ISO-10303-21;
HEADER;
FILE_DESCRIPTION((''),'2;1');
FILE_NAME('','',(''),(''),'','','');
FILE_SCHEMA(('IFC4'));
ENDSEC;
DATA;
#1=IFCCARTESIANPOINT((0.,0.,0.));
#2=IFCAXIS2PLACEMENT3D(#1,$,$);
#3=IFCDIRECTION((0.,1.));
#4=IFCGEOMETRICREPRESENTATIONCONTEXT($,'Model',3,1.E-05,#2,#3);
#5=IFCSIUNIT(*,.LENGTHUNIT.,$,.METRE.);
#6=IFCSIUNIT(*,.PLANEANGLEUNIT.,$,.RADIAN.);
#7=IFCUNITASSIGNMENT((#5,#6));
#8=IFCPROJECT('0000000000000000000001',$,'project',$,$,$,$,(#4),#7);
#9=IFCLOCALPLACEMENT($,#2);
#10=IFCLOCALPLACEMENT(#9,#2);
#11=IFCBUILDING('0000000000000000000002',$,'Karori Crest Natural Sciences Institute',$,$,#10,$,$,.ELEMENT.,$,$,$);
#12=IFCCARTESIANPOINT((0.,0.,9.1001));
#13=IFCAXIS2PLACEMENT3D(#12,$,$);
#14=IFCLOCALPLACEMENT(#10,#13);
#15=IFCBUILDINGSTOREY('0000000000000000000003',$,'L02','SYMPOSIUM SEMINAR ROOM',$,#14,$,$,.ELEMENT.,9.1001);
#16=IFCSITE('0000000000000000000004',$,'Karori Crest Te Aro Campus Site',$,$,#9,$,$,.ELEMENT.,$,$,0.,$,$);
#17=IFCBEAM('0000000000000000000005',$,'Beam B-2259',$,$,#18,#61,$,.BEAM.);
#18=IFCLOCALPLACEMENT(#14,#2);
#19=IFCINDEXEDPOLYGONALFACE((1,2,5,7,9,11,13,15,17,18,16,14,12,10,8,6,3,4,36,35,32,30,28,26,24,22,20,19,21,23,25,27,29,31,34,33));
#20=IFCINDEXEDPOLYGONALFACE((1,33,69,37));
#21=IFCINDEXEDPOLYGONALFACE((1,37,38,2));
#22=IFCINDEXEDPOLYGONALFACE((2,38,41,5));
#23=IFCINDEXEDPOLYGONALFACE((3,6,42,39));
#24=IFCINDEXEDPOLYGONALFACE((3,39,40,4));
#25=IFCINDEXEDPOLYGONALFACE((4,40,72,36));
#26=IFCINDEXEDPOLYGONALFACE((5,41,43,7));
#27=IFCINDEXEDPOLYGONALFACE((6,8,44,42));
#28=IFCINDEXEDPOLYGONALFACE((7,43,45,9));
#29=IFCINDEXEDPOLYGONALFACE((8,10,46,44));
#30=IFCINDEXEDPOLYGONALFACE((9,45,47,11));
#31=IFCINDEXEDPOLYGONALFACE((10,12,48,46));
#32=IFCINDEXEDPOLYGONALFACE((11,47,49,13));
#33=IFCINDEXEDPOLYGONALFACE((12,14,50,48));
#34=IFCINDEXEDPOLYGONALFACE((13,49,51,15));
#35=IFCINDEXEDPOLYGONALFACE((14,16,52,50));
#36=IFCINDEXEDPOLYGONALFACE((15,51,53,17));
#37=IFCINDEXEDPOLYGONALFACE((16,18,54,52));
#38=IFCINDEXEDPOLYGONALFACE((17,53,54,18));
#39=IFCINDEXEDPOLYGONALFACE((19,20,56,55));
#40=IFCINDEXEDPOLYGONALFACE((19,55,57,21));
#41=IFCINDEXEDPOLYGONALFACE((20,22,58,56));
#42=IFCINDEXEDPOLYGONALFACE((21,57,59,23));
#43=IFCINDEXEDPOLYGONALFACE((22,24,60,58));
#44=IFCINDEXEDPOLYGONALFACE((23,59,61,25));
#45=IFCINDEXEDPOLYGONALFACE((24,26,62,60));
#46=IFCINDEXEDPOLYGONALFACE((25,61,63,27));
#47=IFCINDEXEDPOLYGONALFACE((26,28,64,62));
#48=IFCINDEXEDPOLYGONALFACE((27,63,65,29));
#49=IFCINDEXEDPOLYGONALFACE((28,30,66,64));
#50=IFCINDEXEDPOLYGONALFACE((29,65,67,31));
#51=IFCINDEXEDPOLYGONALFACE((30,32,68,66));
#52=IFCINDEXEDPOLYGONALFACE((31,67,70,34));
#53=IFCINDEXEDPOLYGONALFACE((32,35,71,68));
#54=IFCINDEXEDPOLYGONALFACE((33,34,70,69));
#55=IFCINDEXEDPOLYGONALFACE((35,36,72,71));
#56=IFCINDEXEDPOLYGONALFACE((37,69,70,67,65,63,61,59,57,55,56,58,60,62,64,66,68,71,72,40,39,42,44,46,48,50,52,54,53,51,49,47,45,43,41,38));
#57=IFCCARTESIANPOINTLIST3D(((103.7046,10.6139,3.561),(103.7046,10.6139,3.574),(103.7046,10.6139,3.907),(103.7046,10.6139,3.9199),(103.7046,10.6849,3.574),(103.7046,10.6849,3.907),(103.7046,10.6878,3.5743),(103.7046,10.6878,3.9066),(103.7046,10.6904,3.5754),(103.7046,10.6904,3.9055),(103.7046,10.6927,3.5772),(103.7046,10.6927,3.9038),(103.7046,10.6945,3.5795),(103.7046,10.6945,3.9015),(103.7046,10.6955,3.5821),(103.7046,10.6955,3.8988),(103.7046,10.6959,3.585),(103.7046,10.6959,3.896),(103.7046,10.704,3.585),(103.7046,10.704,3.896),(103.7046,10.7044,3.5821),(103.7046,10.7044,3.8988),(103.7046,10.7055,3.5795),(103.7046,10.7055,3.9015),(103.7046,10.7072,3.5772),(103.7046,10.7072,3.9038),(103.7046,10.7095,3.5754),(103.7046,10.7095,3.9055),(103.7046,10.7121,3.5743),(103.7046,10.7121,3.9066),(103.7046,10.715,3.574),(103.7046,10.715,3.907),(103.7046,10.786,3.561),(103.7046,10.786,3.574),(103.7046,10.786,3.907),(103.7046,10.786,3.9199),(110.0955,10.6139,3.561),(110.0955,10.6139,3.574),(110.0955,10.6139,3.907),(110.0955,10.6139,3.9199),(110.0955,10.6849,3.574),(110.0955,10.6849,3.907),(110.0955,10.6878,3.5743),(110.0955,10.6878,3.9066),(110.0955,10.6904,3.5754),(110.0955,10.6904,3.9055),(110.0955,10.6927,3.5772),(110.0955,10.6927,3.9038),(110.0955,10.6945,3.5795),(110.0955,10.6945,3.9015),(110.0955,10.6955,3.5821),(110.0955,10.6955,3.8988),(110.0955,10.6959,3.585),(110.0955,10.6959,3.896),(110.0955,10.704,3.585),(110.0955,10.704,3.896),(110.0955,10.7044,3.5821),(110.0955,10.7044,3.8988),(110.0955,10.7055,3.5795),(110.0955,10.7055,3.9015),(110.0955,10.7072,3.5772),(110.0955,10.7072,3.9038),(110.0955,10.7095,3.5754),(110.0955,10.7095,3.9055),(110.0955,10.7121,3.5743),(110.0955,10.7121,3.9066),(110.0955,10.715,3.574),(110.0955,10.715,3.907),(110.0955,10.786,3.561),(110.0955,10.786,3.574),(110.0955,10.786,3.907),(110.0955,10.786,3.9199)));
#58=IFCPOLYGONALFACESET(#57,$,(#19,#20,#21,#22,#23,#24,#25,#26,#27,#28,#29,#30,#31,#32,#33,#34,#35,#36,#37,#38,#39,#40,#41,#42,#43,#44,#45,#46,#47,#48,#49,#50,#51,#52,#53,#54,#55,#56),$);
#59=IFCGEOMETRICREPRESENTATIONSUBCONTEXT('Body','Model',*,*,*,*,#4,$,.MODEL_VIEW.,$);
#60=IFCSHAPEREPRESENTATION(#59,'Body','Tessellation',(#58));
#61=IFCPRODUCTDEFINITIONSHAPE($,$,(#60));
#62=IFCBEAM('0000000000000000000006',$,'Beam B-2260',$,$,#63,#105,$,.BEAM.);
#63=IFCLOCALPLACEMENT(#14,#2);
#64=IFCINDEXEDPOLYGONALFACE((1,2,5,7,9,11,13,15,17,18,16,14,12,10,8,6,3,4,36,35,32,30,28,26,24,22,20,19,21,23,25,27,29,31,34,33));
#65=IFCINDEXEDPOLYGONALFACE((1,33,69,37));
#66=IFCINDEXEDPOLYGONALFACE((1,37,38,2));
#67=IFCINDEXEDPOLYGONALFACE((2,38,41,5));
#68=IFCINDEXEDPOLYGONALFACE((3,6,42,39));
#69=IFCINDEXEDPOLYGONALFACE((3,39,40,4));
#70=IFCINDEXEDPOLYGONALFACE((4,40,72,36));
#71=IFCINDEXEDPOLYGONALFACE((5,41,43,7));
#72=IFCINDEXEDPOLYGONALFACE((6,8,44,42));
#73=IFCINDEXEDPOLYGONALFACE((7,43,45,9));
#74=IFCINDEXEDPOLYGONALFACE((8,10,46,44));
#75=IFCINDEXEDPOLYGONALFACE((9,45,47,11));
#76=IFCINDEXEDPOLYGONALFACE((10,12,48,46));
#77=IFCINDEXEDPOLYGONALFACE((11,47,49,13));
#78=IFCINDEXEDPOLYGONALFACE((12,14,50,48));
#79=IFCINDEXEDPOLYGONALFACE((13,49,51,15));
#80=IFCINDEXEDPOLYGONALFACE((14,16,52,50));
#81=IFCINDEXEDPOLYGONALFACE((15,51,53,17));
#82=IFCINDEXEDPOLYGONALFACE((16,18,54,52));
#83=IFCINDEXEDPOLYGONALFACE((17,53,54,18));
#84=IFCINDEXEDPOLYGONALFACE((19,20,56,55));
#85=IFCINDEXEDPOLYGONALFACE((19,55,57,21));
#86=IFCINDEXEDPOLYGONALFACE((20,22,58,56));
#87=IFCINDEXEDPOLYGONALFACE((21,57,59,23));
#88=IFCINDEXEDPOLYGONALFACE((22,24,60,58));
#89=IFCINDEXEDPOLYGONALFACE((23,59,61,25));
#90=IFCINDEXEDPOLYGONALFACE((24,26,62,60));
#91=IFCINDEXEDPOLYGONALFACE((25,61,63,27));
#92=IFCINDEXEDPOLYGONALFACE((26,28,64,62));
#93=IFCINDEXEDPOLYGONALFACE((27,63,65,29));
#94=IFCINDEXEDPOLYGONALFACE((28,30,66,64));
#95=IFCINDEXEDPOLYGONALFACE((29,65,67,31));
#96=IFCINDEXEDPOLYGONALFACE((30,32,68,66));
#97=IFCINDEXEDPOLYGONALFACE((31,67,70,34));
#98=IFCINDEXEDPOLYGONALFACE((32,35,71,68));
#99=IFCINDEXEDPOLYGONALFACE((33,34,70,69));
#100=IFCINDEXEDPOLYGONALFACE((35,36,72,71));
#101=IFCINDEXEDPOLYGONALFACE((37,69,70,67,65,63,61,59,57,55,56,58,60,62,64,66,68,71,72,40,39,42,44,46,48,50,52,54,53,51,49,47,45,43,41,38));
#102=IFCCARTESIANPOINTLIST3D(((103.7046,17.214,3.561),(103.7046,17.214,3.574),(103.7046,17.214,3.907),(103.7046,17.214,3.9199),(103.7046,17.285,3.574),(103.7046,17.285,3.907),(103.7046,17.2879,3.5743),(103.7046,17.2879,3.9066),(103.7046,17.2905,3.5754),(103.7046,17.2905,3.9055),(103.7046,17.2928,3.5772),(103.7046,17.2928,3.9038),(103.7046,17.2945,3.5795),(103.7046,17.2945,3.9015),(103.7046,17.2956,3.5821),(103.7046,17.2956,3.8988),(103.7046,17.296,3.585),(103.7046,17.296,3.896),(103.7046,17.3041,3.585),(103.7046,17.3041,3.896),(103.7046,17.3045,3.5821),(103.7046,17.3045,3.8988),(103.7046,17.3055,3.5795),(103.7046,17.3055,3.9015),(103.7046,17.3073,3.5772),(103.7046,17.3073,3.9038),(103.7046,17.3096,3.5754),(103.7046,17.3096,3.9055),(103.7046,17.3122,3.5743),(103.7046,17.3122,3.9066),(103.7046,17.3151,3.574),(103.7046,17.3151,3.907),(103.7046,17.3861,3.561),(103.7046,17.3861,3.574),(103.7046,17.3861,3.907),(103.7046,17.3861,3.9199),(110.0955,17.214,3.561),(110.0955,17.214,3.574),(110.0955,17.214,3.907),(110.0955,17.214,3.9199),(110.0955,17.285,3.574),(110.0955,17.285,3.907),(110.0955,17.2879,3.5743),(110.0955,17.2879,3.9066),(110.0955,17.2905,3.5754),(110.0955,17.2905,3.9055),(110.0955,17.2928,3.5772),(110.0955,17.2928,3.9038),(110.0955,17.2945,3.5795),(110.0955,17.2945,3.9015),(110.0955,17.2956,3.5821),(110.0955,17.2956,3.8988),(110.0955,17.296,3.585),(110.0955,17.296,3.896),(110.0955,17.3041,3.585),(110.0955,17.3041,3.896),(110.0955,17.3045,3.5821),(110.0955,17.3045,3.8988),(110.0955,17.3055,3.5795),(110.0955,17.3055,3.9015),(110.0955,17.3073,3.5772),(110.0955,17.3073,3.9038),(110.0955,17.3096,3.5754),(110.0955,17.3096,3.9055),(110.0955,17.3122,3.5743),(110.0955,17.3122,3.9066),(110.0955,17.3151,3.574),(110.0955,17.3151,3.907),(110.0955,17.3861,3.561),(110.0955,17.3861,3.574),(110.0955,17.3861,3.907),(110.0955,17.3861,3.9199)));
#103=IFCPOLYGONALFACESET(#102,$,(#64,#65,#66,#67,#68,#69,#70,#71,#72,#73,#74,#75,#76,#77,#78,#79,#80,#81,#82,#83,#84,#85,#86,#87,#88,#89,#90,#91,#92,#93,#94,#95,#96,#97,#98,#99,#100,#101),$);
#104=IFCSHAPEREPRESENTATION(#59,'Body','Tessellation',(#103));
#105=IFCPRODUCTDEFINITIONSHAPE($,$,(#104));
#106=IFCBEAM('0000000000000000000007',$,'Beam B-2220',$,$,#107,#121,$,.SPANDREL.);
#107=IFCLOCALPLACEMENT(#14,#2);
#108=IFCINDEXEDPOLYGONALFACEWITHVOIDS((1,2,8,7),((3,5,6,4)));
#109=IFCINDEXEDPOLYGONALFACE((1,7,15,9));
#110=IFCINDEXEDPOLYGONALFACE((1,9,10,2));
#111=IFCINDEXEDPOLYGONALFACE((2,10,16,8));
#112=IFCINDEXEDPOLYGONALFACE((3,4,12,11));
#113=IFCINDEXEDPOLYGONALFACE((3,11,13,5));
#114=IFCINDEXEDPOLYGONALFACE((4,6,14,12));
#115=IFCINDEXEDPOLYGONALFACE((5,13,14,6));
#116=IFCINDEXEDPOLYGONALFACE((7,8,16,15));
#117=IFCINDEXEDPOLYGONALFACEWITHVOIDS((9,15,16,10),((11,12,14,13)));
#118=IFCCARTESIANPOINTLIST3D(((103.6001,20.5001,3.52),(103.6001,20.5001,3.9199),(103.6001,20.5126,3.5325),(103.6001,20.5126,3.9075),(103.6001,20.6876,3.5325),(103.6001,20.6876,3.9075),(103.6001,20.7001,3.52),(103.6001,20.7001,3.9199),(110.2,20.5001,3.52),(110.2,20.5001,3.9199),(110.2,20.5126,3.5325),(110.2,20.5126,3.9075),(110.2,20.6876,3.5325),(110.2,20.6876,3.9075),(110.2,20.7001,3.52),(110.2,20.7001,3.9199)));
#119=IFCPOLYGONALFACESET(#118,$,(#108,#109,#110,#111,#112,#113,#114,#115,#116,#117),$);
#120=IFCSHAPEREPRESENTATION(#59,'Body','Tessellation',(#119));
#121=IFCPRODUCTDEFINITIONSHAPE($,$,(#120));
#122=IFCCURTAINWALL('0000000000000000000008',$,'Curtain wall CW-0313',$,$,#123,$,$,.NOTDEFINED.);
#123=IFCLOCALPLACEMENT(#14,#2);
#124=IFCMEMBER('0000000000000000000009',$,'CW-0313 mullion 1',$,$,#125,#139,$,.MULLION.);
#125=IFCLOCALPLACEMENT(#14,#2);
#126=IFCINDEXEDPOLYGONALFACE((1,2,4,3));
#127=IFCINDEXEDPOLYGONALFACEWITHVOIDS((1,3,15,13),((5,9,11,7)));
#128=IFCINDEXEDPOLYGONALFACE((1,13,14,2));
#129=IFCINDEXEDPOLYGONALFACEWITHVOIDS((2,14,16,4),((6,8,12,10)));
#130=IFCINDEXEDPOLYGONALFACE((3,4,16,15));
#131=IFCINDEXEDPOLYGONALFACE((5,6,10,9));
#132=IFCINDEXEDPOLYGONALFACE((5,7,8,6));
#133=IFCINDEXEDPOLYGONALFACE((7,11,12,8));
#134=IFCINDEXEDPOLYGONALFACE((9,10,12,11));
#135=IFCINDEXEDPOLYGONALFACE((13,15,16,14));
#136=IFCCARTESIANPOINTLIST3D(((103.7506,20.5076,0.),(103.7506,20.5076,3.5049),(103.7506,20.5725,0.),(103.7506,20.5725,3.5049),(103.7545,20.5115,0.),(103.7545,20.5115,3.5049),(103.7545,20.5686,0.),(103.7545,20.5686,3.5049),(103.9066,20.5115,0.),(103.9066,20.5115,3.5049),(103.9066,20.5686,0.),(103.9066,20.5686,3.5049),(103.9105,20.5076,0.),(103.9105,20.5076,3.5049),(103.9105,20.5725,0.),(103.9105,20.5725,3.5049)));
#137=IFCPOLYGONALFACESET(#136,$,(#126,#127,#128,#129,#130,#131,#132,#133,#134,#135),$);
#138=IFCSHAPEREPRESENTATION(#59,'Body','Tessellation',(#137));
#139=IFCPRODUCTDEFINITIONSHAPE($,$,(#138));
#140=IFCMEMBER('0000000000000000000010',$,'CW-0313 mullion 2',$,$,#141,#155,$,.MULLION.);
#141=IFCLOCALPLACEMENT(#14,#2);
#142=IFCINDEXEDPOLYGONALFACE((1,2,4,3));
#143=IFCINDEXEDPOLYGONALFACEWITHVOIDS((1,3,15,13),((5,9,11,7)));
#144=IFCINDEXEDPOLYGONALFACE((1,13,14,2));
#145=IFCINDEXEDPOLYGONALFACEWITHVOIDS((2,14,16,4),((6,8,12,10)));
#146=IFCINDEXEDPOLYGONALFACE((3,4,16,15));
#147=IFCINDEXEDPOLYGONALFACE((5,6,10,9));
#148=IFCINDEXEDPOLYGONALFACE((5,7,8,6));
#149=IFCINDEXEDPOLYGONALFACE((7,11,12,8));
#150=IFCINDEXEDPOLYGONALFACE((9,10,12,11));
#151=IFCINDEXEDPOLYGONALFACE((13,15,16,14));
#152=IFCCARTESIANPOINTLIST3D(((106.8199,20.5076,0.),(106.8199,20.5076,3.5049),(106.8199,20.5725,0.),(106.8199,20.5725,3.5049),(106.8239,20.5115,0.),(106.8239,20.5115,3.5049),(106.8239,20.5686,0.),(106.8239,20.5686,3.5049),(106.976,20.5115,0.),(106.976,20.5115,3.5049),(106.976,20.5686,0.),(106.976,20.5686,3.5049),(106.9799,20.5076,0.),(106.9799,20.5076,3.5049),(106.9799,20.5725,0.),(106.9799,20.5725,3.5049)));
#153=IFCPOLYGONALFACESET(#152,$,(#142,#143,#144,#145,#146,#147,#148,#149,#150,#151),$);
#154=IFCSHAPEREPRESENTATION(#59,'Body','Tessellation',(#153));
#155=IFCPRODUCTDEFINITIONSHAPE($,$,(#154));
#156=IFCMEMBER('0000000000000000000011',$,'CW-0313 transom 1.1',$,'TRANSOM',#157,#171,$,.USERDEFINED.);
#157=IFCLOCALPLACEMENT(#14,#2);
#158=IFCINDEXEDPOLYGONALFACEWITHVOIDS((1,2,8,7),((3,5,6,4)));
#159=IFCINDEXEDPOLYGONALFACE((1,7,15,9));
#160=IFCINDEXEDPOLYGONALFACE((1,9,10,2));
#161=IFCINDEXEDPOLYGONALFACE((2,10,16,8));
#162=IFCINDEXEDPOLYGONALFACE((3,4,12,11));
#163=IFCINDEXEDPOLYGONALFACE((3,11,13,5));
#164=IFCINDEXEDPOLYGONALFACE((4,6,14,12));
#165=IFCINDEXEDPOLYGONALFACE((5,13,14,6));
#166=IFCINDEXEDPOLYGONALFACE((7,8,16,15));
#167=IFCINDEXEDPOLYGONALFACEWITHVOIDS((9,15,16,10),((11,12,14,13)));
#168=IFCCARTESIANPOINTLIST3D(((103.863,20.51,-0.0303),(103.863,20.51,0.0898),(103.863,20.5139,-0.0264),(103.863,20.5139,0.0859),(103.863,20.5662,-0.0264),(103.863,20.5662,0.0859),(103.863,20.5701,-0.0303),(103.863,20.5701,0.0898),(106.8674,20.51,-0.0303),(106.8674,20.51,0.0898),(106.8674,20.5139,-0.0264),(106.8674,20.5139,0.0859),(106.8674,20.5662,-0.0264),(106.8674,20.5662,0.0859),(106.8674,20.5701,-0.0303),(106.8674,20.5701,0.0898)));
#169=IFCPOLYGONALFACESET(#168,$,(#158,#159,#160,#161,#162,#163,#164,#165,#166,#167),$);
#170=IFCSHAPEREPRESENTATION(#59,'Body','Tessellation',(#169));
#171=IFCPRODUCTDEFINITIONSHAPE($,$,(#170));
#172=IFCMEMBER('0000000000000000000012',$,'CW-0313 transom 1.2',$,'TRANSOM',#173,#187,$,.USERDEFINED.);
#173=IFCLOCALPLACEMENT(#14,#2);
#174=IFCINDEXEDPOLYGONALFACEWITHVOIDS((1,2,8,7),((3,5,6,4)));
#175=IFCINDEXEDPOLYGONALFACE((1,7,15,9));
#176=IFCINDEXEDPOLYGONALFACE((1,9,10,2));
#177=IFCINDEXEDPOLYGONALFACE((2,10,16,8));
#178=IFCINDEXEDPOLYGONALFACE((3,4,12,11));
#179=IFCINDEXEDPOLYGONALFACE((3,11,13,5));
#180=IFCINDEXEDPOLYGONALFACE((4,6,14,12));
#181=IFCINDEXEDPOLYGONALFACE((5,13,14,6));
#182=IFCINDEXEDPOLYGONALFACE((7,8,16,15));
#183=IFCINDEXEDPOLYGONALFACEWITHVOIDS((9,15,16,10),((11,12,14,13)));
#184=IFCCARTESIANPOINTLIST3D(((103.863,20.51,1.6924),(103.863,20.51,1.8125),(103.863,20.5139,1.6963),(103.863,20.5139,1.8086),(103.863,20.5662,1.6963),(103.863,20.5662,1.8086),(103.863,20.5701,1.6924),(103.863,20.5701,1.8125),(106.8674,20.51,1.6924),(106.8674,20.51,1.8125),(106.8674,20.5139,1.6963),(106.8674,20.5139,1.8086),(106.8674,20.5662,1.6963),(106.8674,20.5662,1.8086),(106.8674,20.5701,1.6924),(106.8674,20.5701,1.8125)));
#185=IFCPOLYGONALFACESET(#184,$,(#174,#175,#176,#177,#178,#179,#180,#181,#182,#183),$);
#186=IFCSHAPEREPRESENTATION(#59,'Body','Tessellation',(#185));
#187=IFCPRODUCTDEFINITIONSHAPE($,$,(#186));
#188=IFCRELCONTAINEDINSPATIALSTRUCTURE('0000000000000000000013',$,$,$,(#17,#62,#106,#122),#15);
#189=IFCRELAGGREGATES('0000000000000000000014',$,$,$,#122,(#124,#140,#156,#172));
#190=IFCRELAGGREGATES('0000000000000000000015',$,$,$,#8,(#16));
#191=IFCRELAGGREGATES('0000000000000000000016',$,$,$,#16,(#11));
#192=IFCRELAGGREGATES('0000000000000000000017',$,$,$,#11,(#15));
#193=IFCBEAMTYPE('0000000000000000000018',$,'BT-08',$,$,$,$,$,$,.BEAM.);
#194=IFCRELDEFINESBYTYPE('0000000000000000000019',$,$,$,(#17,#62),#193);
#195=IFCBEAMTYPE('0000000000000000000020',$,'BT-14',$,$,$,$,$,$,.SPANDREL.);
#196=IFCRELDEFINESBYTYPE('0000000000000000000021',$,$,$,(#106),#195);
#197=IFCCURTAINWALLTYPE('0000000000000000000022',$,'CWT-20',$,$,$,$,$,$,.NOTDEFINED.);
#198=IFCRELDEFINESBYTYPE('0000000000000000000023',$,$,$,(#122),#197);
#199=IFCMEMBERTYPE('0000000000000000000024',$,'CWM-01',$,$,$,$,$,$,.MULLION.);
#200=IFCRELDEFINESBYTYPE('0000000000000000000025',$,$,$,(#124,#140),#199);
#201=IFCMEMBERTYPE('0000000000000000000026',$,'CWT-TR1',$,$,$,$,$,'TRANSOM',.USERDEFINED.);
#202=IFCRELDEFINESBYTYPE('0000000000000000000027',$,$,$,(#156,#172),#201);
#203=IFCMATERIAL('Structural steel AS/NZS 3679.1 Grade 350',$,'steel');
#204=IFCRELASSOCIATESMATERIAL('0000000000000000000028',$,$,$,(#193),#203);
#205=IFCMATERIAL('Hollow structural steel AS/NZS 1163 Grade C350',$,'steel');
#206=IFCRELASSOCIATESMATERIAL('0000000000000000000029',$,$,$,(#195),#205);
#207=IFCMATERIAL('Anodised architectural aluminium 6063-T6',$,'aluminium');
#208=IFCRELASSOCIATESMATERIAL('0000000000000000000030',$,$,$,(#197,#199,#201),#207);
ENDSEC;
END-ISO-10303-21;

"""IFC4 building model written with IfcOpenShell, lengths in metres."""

from ifc_helpers import new_model, si_unit, direction, frame, origin, origin_2d, place, context, subcontext, project, spatial, hollow_rectangle, i_section, extrude, material, material_profile, profile_set, type_object, element, aggregate, save


model = new_model("IFC4")

# Units and contexts
model_context = context("Model", 3, precision=1e-05, world=origin(), true_north=direction((0.0, 1.0)))
body_context = subcontext(model_context, "Body", "Model", "MODEL_VIEW")
ifc_project = project(units=[si_unit("LENGTHUNIT", "METRE"), si_unit("PLANEANGLEUNIT", "RADIAN")], contexts=[model_context])

# Site, building, storey
site_placement = place(None, origin())
site = spatial("IfcSite", under=ifc_project, at=site_placement, Name="Karori Crest Te Aro Campus Site", CompositionType="ELEMENT", RefElevation=0.0)
building_placement = place(site_placement, origin())
building = spatial("IfcBuilding", under=site, at=building_placement, Name="Karori Crest Natural Sciences Institute", CompositionType="ELEMENT")
storey_placement = place(building_placement, frame((0.0, 0.0, 9.1001)))
storey = spatial("IfcBuildingStorey", under=building, at=storey_placement, Name="L02", Description="SYMPOSIUM SEMINAR ROOM", CompositionType="ELEMENT", Elevation=9.1001)

# Shared definitions
ifc_material_1 = material(Name="Structural steel AS/NZS 3679.1 Grade 350", Category="steel")

# Beams
ifc_material_profile_1 = material_profile(ifc_material_1, i_section(OverallWidth=0.1721, OverallDepth=0.3589, WebThickness=0.0081, FlangeThickness=0.0129, FilletRadius=0.011, at=origin_2d()), Name="360UB56.7")
ifc_profile_set_1 = profile_set([ifc_material_profile_1], Name="Structural steel AS/NZS 3679.1 Grade 350")
beam_type_1 = type_object("IfcBeamType", Name="BT-08", PredefinedType="BEAM", material=ifc_profile_set_1)
for number, where, z_axis, x_axis, name in (
    (1, (103.7046, 10.7, 3.7405), (1.0, 0.0, 0.0), (0.0, 1.0, 0.0), "Beam B-2259"),
    (2, (103.7046, 17.3, 3.7405), (1.0, 0.0, 0.0), (0.0, 1.0, 0.0), "Beam B-2260"),
):
    element("IfcBeam", number, at=place(storey_placement, frame(where, z_axis=z_axis, x_axis=x_axis)), inside=storey, type_object=beam_type_1, Name=name, PredefinedType="BEAM", context=body_context, shape_type="SweptSolid", body=[
        extrude(i_section(OverallWidth=0.1721, OverallDepth=0.3589, WebThickness=0.0081, FlangeThickness=0.0129, FilletRadius=0.011, at=origin_2d()), origin(), (0.0, 0.0, 1.0), 6.3909),
    ])
ifc_material_2 = material(Name="Hollow structural steel AS/NZS 1163 Grade C350", Category="steel")
ifc_material_profile_2 = material_profile(ifc_material_2, hollow_rectangle(XDim=0.2, YDim=0.3999, WallThickness=0.0125, at=origin_2d()), Name="RHS400x200x12.5")
ifc_profile_set_2 = profile_set([ifc_material_profile_2], Name="Hollow structural steel AS/NZS 1163 Grade C350")
beam_type_2 = type_object("IfcBeamType", Name="BT-14", PredefinedType="SPANDREL", material=ifc_profile_set_2)
beam_1_placement = place(storey_placement, frame((103.6001, 20.6001, 3.72), z_axis=(1.0, 0.0, 0.0), x_axis=(0.0, 1.0, 0.0)))
element("IfcBeam", 3, at=beam_1_placement, inside=storey, type_object=beam_type_2, Name="Beam B-2220", PredefinedType="SPANDREL", context=body_context, shape_type="SweptSolid", body=[
    extrude(hollow_rectangle(XDim=0.2, YDim=0.3999, WallThickness=0.0125, at=origin_2d()), origin(), (0.0, 0.0, 1.0), 6.5999),
])

# Curtain wall, members
ifc_material_3 = material(Name="Anodised architectural aluminium 6063-T6", Category="aluminium")
curtain_wall_type = type_object("IfcCurtainWallType", Name="CWT-20", PredefinedType="NOTDEFINED", material=ifc_material_3)
curtain_wall_placement = place(storey_placement, origin())
curtain_wall = element("IfcCurtainWall", 4, at=curtain_wall_placement, inside=storey, type_object=curtain_wall_type, Name="Curtain wall CW-0313", PredefinedType="NOTDEFINED")
ifc_material_profile_3 = material_profile(ifc_material_3, hollow_rectangle(XDim=0.0649, YDim=0.1599, WallThickness=0.0039, at=origin_2d()), Name="CWM160x65x4")
ifc_profile_set_3 = profile_set([ifc_material_profile_3], Name="Anodised architectural aluminium 6063-T6")
member_type_1 = type_object("IfcMemberType", Name="CWM-01", PredefinedType="MULLION", material=ifc_profile_set_3)
member_1_placement = place(storey_placement, frame((103.8306, 20.54, 0.0), z_axis=(0.0, 0.0, 1.0), x_axis=(0.0, 1.0, 0.0)))
member_1 = element("IfcMember", 5, at=member_1_placement, type_object=member_type_1, Name="CW-0313 mullion 1", PredefinedType="MULLION", context=body_context, shape_type="SweptSolid", body=[
    extrude(hollow_rectangle(XDim=0.0649, YDim=0.1599, WallThickness=0.0039, at=origin_2d()), origin(), (0.0, 0.0, 1.0), 3.5049),
])
member_2_placement = place(storey_placement, frame((106.8999, 20.54, 0.0), z_axis=(0.0, 0.0, 1.0), x_axis=(0.0, 1.0, 0.0)))
member_2 = element("IfcMember", 6, at=member_2_placement, type_object=member_type_1, Name="CW-0313 mullion 2", PredefinedType="MULLION", context=body_context, shape_type="SweptSolid", body=[
    extrude(hollow_rectangle(XDim=0.0649, YDim=0.1599, WallThickness=0.0039, at=origin_2d()), origin(), (0.0, 0.0, 1.0), 3.5049),
])
ifc_material_profile_4 = material_profile(ifc_material_3, hollow_rectangle(XDim=0.0601, YDim=0.1201, WallThickness=0.0039, at=origin_2d()), Name="CWT120x60x4")
ifc_profile_set_4 = profile_set([ifc_material_profile_4], Name="Anodised architectural aluminium 6063-T6")
member_type_2 = type_object("IfcMemberType", Name="CWT-TR1", ElementType="TRANSOM", PredefinedType="USERDEFINED", material=ifc_profile_set_4)
member_3_placement = place(storey_placement, frame((103.863, 20.54, 0.0298), z_axis=(1.0, 0.0, 0.0), x_axis=(0.0, 1.0, 0.0)))
member_3 = element("IfcMember", 7, at=member_3_placement, type_object=member_type_2, Name="CW-0313 transom 1.1", ObjectType="TRANSOM", PredefinedType="USERDEFINED", context=body_context, shape_type="SweptSolid", body=[
    extrude(hollow_rectangle(XDim=0.0601, YDim=0.1201, WallThickness=0.0039, at=origin_2d()), origin(), (0.0, 0.0, 1.0), 3.0044),
])
member_4_placement = place(storey_placement, frame((103.863, 20.54, 1.7524), z_axis=(1.0, 0.0, 0.0), x_axis=(0.0, 1.0, 0.0)))
member_4 = element("IfcMember", 8, at=member_4_placement, type_object=member_type_2, Name="CW-0313 transom 1.2", ObjectType="TRANSOM", PredefinedType="USERDEFINED", context=body_context, shape_type="SweptSolid", body=[
    extrude(hollow_rectangle(XDim=0.0601, YDim=0.1201, WallThickness=0.0039, at=origin_2d()), origin(), (0.0, 0.0, 1.0), 3.0044),
])
aggregate(curtain_wall, [member_1, member_2, member_3, member_4])

save(model, "model.ifc")
